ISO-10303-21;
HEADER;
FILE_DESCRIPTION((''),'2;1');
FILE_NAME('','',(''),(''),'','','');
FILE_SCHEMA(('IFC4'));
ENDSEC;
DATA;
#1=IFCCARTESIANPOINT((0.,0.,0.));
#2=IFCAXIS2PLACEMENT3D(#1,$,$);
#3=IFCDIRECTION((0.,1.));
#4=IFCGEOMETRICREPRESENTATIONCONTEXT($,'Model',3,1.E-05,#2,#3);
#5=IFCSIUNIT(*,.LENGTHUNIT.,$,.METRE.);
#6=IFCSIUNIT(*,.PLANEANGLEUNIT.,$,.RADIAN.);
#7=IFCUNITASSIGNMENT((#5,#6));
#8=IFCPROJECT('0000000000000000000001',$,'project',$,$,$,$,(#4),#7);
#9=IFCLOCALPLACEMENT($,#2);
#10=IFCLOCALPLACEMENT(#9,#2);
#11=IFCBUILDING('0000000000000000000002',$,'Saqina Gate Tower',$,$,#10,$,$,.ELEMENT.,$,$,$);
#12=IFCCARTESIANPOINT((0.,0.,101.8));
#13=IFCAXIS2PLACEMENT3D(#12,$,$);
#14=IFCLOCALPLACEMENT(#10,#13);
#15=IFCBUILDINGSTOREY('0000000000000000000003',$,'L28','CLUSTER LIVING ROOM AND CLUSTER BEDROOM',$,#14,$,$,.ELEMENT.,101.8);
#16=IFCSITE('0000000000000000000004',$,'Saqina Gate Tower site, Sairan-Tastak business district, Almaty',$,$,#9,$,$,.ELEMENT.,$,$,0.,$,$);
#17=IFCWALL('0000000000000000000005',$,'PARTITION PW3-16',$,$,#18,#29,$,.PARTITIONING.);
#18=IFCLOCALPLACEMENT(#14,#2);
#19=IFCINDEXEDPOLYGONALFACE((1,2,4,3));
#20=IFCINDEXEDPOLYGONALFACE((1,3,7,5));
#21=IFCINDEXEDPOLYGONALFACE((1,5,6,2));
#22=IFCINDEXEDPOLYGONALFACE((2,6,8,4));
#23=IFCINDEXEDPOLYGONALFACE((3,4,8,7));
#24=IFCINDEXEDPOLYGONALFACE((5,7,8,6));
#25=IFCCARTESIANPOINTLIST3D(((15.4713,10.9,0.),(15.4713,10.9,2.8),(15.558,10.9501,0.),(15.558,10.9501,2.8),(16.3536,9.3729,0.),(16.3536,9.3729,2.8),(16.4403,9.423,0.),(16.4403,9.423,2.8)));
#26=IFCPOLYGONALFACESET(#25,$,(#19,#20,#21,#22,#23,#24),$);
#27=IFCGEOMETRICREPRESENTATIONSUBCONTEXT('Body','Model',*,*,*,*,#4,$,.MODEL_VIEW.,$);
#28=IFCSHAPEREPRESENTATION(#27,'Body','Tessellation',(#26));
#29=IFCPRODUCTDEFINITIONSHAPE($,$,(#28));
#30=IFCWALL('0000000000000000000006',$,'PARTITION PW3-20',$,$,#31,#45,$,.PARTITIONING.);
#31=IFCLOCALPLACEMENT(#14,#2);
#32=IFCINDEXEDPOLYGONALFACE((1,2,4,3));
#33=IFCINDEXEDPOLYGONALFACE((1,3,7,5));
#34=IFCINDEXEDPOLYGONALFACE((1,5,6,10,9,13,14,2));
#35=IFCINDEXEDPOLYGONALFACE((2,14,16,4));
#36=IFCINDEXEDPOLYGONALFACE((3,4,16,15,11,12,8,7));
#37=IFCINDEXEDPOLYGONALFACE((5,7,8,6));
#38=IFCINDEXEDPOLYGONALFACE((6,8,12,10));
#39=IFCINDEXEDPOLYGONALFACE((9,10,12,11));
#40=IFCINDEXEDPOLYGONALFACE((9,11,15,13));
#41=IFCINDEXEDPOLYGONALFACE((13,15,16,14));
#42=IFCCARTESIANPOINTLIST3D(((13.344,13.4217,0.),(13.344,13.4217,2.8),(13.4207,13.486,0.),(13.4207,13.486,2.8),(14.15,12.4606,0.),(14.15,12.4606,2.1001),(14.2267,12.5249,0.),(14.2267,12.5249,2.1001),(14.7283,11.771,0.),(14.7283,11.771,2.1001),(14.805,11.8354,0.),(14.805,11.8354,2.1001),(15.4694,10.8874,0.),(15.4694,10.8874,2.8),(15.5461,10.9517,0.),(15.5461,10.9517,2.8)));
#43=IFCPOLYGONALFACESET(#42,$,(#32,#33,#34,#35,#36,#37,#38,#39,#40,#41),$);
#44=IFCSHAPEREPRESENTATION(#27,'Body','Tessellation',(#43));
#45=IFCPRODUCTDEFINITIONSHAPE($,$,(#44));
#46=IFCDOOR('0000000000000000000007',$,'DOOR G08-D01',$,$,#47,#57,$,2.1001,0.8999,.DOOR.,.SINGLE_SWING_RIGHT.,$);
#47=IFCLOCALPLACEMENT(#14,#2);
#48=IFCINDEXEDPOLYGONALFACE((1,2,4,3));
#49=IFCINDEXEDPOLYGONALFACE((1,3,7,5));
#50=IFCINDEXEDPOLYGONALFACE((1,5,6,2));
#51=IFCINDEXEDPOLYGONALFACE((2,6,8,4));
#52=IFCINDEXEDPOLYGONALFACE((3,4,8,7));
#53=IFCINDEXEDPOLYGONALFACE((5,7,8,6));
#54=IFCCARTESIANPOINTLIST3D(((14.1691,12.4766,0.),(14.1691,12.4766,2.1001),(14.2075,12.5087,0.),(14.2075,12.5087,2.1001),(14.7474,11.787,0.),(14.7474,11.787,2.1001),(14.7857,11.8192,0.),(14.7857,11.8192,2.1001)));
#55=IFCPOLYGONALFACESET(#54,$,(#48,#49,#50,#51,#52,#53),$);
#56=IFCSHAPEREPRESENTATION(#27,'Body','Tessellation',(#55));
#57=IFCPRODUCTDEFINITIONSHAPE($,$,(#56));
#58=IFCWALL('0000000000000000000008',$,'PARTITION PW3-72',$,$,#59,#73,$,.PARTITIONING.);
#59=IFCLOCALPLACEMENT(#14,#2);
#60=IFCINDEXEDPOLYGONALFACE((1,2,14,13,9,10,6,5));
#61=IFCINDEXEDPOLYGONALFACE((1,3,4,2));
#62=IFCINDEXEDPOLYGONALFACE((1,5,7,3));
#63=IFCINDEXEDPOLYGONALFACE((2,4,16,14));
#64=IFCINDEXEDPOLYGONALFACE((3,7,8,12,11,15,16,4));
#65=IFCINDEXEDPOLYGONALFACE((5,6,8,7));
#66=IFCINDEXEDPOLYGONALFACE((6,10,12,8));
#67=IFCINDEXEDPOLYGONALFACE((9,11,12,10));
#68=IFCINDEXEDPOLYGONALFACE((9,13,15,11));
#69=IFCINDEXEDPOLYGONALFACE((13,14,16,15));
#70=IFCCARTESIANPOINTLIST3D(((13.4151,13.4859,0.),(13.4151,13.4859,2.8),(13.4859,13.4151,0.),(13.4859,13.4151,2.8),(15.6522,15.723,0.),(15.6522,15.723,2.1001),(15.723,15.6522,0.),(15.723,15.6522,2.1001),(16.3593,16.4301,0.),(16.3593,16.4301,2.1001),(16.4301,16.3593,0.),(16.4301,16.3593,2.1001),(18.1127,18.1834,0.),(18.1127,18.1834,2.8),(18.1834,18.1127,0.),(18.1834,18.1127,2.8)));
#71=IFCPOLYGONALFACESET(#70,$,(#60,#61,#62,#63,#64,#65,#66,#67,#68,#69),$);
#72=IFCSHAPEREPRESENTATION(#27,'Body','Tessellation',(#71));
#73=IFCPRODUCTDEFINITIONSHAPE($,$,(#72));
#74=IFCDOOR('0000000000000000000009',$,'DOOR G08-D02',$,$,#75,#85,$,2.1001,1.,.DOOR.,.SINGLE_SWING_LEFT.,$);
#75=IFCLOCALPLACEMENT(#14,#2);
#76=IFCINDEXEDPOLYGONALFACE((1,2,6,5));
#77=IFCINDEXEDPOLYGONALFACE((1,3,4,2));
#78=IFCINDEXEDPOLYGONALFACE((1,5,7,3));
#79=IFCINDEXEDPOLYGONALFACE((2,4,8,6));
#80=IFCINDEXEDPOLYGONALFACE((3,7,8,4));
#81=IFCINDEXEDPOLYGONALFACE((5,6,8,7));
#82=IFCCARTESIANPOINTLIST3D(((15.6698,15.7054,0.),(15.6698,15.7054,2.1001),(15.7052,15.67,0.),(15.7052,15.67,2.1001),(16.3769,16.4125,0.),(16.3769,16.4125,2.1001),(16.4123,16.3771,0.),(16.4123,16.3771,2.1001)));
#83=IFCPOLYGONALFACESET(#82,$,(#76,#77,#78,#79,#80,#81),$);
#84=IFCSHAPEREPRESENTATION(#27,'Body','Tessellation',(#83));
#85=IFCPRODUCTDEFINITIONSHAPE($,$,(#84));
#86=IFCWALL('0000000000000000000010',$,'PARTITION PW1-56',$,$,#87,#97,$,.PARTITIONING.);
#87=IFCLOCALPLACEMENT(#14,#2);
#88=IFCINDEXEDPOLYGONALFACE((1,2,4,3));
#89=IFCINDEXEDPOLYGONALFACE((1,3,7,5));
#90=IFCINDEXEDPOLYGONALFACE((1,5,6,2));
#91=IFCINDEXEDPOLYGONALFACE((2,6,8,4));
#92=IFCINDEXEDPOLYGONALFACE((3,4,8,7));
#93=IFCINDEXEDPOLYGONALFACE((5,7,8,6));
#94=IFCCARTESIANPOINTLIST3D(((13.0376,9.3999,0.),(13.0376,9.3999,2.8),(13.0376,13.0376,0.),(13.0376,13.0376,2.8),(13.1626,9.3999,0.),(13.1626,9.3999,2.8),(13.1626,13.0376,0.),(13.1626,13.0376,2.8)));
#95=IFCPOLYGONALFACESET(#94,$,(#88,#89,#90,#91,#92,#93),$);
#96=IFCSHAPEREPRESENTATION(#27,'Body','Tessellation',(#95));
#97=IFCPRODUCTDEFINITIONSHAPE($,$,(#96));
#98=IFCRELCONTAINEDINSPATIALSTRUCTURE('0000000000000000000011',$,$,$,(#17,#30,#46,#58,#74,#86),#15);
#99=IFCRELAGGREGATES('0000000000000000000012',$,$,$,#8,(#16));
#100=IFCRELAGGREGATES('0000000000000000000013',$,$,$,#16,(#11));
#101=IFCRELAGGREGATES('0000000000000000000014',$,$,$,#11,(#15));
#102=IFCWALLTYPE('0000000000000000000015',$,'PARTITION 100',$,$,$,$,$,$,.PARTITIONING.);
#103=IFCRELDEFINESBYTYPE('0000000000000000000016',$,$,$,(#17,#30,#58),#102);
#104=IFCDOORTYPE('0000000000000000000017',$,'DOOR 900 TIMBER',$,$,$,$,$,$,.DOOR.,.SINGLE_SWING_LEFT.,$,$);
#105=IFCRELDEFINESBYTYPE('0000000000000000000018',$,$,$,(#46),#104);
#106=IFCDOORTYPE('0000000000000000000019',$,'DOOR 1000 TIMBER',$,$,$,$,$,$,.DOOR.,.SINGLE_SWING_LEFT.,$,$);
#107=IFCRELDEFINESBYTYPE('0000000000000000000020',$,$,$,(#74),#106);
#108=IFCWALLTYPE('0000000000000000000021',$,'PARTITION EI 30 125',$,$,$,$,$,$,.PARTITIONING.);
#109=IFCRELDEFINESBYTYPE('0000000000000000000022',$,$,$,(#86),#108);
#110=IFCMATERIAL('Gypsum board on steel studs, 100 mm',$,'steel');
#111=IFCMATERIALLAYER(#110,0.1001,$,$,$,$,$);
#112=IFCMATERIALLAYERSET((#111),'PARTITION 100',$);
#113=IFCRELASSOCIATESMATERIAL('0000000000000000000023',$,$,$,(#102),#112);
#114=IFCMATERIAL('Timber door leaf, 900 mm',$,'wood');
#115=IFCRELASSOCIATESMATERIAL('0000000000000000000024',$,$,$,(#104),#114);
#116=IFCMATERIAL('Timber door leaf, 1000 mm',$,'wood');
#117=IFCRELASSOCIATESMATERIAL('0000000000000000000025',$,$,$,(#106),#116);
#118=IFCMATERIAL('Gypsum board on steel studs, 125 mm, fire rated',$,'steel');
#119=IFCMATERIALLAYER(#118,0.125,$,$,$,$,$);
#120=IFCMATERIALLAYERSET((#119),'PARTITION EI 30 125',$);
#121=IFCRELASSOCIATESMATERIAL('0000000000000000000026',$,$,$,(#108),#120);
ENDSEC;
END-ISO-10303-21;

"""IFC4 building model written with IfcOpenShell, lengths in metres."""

from ifc_helpers import new_model, si_unit, direction, frame, frame_2d, origin, place, context, subcontext, project, spatial, rectangle, extrude, material, layer, layer_set, type_object, element, fill, save


model = new_model("IFC4")

# Units and contexts
model_context = context("Model", 3, precision=1e-05, world=origin(), true_north=direction((0.0, 1.0)))
body_context = subcontext(model_context, "Body", "Model", "MODEL_VIEW")
ifc_project = project(units=[si_unit("LENGTHUNIT", "METRE"), si_unit("PLANEANGLEUNIT", "RADIAN")], contexts=[model_context])

# Site, building, storey
site_placement = place(None, origin())
site = spatial("IfcSite", under=ifc_project, at=site_placement, Name="Saqina Gate Tower site, Sairan-Tastak business district, Almaty", CompositionType="ELEMENT", RefElevation=0.0)
building_placement = place(site_placement, origin())
building = spatial("IfcBuilding", under=site, at=building_placement, Name="Saqina Gate Tower", CompositionType="ELEMENT")
storey_placement = place(building_placement, frame((0.0, 0.0, 101.8)))
storey = spatial("IfcBuildingStorey", under=building, at=storey_placement, Name="L28", Description="CLUSTER LIVING ROOM AND CLUSTER BEDROOM", CompositionType="ELEMENT", Elevation=101.8)

# Wall
ifc_material_1 = material(Name="Gypsum board on steel studs, 100 mm", Category="steel")
ifc_layer_1 = layer(ifc_material_1, 0.1001)
ifc_layer_set_1 = layer_set([ifc_layer_1], Name="PARTITION 100")
wall_type_1 = type_object("IfcWallType", Name="PARTITION 100", PredefinedType="PARTITIONING", material=ifc_layer_set_1)
wall_1_placement = place(storey_placement, frame((15.5146, 10.925, 0.0), z_axis=(0.0, 0.0, 1.0), x_axis=(0.500278, -0.865865, 0.0)))
element("IfcWall", 1, at=wall_1_placement, inside=storey, type_object=wall_type_1, Name="PARTITION PW3-16", PredefinedType="PARTITIONING", context=body_context, shape_type="SweptSolid", body=[
    extrude(rectangle(XDim=1.7637, YDim=0.1001, at=frame_2d((0.8818, 0.0))), origin(), (0.0, 0.0, 1.0), 2.8),
])

# Walls, openings, doors
wall_2_placement = place(storey_placement, frame((13.3823, 13.4539, 0.0), z_axis=(0.0, 0.0, 1.0), x_axis=(0.642584, -0.766215, 0.0)))
wall_2 = element("IfcWall", 2, at=wall_2_placement, inside=storey, type_object=wall_type_1, Name="PARTITION PW3-20", PredefinedType="PARTITIONING", context=body_context, shape_type="SweptSolid", body=[
    extrude(rectangle(XDim=3.3076, YDim=0.1001, at=frame_2d((1.6538, 0.0))), origin(), (0.0, 0.0, 1.0), 2.8),
])
opening_1_placement = place(wall_2_placement, frame((1.2544, 0.0, 0.0)))
opening_1 = element("IfcOpeningElement", 3, at=opening_1_placement, cuts=wall_2, PredefinedType="OPENING", context=body_context, shape_type="SweptSolid", body=[
    extrude(rectangle(XDim=0.8999, YDim=2.1001, at=frame_2d((0.45, 1.05))), frame((0.0, 0.062, 0.0), z_axis=(0.0, -1.0, 0.0), x_axis=(1.0, 0.0, 0.0)), (0.0, 0.0, 1.0), 0.124),
])
ifc_material_2 = material(Name="Timber door leaf, 900 mm", Category="wood")
door_type_1 = type_object("IfcDoorType", Name="DOOR 900 TIMBER", OperationType="SINGLE_SWING_LEFT", PredefinedType="DOOR", material=ifc_material_2)
door_1_placement = place(opening_1_placement, origin())
door_1 = element("IfcDoor", 4, at=door_1_placement, inside=storey, type_object=door_type_1, Name="DOOR G08-D01", OperationType="SINGLE_SWING_RIGHT", OverallHeight=2.1001, OverallWidth=0.8999, PredefinedType="DOOR", context=body_context, shape_type="SweptSolid", body=[
    extrude(rectangle(XDim=0.8999, YDim=2.1001, at=frame_2d((0.45, 1.05))), frame((0.0, 0.0249, 0.0), z_axis=(0.0, -1.0, 0.0), x_axis=(1.0, 0.0, 0.0)), (0.0, 0.0, 1.0), 0.05),
])
fill(opening_1, door_1)
wall_3_placement = place(storey_placement, frame((13.4504, 13.4504, 0.0), z_axis=(0.0, 0.0, 1.0), x_axis=(0.707107, 0.707107, 0.0)))
wall_3 = element("IfcWall", 5, at=wall_3_placement, inside=storey, type_object=wall_type_1, Name="PARTITION PW3-72", PredefinedType="PARTITIONING", context=body_context, shape_type="SweptSolid", body=[
    extrude(rectangle(XDim=6.6433, YDim=0.1001, at=frame_2d((3.3218, 0.0))), origin(), (0.0, 0.0, 1.0), 2.8),
])
opening_2_placement = place(wall_3_placement, frame((3.1638, 0.0, 0.0)))
opening_2 = element("IfcOpeningElement", 6, at=opening_2_placement, cuts=wall_3, PredefinedType="OPENING", context=body_context, shape_type="SweptSolid", body=[
    extrude(rectangle(XDim=1.0, YDim=2.1001, at=frame_2d((0.5, 1.05))), frame((0.0, 0.062, 0.0), z_axis=(0.0, -1.0, 0.0), x_axis=(1.0, 0.0, 0.0)), (0.0, 0.0, 1.0), 0.124),
])
ifc_material_3 = material(Name="Timber door leaf, 1000 mm", Category="wood")
door_type_2 = type_object("IfcDoorType", Name="DOOR 1000 TIMBER", OperationType="SINGLE_SWING_LEFT", PredefinedType="DOOR", material=ifc_material_3)
door_2_placement = place(opening_2_placement, frame((1.0, 0.0, 0.0), z_axis=(0.0, 0.0, 1.0), x_axis=(-1.0, 0.0, 0.0)))
door_2 = element("IfcDoor", 7, at=door_2_placement, inside=storey, type_object=door_type_2, Name="DOOR G08-D02", OperationType="SINGLE_SWING_LEFT", OverallHeight=2.1001, OverallWidth=1.0, PredefinedType="DOOR", context=body_context, shape_type="SweptSolid", body=[
    extrude(rectangle(XDim=1.0, YDim=2.1001, at=frame_2d((0.5, 1.05))), frame((0.0, 0.0249, 0.0), z_axis=(0.0, -1.0, 0.0), x_axis=(1.0, 0.0, 0.0)), (0.0, 0.0, 1.0), 0.05),
])
fill(opening_2, door_2)

# Wall
ifc_material_4 = material(Name="Gypsum board on steel studs, 125 mm, fire rated", Category="steel")
ifc_layer_2 = layer(ifc_material_4, 0.125)
ifc_layer_set_2 = layer_set([ifc_layer_2], Name="PARTITION EI 30 125")
wall_type_2 = type_object("IfcWallType", Name="PARTITION EI 30 125", PredefinedType="PARTITIONING", material=ifc_layer_set_2)
wall_4_placement = place(storey_placement, frame((13.1001, 9.3999, 0.0), z_axis=(0.0, 0.0, 1.0), x_axis=(0.0, 1.0, 0.0)))
element("IfcWall", 8, at=wall_4_placement, inside=storey, type_object=wall_type_2, Name="PARTITION PW1-56", PredefinedType="PARTITIONING", context=body_context, shape_type="SweptSolid", body=[
    extrude(rectangle(XDim=3.6377, YDim=0.125, at=frame_2d((1.8188, 0.0))), origin(), (0.0, 0.0, 1.0), 2.8),
])

save(model, "model.ifc")
